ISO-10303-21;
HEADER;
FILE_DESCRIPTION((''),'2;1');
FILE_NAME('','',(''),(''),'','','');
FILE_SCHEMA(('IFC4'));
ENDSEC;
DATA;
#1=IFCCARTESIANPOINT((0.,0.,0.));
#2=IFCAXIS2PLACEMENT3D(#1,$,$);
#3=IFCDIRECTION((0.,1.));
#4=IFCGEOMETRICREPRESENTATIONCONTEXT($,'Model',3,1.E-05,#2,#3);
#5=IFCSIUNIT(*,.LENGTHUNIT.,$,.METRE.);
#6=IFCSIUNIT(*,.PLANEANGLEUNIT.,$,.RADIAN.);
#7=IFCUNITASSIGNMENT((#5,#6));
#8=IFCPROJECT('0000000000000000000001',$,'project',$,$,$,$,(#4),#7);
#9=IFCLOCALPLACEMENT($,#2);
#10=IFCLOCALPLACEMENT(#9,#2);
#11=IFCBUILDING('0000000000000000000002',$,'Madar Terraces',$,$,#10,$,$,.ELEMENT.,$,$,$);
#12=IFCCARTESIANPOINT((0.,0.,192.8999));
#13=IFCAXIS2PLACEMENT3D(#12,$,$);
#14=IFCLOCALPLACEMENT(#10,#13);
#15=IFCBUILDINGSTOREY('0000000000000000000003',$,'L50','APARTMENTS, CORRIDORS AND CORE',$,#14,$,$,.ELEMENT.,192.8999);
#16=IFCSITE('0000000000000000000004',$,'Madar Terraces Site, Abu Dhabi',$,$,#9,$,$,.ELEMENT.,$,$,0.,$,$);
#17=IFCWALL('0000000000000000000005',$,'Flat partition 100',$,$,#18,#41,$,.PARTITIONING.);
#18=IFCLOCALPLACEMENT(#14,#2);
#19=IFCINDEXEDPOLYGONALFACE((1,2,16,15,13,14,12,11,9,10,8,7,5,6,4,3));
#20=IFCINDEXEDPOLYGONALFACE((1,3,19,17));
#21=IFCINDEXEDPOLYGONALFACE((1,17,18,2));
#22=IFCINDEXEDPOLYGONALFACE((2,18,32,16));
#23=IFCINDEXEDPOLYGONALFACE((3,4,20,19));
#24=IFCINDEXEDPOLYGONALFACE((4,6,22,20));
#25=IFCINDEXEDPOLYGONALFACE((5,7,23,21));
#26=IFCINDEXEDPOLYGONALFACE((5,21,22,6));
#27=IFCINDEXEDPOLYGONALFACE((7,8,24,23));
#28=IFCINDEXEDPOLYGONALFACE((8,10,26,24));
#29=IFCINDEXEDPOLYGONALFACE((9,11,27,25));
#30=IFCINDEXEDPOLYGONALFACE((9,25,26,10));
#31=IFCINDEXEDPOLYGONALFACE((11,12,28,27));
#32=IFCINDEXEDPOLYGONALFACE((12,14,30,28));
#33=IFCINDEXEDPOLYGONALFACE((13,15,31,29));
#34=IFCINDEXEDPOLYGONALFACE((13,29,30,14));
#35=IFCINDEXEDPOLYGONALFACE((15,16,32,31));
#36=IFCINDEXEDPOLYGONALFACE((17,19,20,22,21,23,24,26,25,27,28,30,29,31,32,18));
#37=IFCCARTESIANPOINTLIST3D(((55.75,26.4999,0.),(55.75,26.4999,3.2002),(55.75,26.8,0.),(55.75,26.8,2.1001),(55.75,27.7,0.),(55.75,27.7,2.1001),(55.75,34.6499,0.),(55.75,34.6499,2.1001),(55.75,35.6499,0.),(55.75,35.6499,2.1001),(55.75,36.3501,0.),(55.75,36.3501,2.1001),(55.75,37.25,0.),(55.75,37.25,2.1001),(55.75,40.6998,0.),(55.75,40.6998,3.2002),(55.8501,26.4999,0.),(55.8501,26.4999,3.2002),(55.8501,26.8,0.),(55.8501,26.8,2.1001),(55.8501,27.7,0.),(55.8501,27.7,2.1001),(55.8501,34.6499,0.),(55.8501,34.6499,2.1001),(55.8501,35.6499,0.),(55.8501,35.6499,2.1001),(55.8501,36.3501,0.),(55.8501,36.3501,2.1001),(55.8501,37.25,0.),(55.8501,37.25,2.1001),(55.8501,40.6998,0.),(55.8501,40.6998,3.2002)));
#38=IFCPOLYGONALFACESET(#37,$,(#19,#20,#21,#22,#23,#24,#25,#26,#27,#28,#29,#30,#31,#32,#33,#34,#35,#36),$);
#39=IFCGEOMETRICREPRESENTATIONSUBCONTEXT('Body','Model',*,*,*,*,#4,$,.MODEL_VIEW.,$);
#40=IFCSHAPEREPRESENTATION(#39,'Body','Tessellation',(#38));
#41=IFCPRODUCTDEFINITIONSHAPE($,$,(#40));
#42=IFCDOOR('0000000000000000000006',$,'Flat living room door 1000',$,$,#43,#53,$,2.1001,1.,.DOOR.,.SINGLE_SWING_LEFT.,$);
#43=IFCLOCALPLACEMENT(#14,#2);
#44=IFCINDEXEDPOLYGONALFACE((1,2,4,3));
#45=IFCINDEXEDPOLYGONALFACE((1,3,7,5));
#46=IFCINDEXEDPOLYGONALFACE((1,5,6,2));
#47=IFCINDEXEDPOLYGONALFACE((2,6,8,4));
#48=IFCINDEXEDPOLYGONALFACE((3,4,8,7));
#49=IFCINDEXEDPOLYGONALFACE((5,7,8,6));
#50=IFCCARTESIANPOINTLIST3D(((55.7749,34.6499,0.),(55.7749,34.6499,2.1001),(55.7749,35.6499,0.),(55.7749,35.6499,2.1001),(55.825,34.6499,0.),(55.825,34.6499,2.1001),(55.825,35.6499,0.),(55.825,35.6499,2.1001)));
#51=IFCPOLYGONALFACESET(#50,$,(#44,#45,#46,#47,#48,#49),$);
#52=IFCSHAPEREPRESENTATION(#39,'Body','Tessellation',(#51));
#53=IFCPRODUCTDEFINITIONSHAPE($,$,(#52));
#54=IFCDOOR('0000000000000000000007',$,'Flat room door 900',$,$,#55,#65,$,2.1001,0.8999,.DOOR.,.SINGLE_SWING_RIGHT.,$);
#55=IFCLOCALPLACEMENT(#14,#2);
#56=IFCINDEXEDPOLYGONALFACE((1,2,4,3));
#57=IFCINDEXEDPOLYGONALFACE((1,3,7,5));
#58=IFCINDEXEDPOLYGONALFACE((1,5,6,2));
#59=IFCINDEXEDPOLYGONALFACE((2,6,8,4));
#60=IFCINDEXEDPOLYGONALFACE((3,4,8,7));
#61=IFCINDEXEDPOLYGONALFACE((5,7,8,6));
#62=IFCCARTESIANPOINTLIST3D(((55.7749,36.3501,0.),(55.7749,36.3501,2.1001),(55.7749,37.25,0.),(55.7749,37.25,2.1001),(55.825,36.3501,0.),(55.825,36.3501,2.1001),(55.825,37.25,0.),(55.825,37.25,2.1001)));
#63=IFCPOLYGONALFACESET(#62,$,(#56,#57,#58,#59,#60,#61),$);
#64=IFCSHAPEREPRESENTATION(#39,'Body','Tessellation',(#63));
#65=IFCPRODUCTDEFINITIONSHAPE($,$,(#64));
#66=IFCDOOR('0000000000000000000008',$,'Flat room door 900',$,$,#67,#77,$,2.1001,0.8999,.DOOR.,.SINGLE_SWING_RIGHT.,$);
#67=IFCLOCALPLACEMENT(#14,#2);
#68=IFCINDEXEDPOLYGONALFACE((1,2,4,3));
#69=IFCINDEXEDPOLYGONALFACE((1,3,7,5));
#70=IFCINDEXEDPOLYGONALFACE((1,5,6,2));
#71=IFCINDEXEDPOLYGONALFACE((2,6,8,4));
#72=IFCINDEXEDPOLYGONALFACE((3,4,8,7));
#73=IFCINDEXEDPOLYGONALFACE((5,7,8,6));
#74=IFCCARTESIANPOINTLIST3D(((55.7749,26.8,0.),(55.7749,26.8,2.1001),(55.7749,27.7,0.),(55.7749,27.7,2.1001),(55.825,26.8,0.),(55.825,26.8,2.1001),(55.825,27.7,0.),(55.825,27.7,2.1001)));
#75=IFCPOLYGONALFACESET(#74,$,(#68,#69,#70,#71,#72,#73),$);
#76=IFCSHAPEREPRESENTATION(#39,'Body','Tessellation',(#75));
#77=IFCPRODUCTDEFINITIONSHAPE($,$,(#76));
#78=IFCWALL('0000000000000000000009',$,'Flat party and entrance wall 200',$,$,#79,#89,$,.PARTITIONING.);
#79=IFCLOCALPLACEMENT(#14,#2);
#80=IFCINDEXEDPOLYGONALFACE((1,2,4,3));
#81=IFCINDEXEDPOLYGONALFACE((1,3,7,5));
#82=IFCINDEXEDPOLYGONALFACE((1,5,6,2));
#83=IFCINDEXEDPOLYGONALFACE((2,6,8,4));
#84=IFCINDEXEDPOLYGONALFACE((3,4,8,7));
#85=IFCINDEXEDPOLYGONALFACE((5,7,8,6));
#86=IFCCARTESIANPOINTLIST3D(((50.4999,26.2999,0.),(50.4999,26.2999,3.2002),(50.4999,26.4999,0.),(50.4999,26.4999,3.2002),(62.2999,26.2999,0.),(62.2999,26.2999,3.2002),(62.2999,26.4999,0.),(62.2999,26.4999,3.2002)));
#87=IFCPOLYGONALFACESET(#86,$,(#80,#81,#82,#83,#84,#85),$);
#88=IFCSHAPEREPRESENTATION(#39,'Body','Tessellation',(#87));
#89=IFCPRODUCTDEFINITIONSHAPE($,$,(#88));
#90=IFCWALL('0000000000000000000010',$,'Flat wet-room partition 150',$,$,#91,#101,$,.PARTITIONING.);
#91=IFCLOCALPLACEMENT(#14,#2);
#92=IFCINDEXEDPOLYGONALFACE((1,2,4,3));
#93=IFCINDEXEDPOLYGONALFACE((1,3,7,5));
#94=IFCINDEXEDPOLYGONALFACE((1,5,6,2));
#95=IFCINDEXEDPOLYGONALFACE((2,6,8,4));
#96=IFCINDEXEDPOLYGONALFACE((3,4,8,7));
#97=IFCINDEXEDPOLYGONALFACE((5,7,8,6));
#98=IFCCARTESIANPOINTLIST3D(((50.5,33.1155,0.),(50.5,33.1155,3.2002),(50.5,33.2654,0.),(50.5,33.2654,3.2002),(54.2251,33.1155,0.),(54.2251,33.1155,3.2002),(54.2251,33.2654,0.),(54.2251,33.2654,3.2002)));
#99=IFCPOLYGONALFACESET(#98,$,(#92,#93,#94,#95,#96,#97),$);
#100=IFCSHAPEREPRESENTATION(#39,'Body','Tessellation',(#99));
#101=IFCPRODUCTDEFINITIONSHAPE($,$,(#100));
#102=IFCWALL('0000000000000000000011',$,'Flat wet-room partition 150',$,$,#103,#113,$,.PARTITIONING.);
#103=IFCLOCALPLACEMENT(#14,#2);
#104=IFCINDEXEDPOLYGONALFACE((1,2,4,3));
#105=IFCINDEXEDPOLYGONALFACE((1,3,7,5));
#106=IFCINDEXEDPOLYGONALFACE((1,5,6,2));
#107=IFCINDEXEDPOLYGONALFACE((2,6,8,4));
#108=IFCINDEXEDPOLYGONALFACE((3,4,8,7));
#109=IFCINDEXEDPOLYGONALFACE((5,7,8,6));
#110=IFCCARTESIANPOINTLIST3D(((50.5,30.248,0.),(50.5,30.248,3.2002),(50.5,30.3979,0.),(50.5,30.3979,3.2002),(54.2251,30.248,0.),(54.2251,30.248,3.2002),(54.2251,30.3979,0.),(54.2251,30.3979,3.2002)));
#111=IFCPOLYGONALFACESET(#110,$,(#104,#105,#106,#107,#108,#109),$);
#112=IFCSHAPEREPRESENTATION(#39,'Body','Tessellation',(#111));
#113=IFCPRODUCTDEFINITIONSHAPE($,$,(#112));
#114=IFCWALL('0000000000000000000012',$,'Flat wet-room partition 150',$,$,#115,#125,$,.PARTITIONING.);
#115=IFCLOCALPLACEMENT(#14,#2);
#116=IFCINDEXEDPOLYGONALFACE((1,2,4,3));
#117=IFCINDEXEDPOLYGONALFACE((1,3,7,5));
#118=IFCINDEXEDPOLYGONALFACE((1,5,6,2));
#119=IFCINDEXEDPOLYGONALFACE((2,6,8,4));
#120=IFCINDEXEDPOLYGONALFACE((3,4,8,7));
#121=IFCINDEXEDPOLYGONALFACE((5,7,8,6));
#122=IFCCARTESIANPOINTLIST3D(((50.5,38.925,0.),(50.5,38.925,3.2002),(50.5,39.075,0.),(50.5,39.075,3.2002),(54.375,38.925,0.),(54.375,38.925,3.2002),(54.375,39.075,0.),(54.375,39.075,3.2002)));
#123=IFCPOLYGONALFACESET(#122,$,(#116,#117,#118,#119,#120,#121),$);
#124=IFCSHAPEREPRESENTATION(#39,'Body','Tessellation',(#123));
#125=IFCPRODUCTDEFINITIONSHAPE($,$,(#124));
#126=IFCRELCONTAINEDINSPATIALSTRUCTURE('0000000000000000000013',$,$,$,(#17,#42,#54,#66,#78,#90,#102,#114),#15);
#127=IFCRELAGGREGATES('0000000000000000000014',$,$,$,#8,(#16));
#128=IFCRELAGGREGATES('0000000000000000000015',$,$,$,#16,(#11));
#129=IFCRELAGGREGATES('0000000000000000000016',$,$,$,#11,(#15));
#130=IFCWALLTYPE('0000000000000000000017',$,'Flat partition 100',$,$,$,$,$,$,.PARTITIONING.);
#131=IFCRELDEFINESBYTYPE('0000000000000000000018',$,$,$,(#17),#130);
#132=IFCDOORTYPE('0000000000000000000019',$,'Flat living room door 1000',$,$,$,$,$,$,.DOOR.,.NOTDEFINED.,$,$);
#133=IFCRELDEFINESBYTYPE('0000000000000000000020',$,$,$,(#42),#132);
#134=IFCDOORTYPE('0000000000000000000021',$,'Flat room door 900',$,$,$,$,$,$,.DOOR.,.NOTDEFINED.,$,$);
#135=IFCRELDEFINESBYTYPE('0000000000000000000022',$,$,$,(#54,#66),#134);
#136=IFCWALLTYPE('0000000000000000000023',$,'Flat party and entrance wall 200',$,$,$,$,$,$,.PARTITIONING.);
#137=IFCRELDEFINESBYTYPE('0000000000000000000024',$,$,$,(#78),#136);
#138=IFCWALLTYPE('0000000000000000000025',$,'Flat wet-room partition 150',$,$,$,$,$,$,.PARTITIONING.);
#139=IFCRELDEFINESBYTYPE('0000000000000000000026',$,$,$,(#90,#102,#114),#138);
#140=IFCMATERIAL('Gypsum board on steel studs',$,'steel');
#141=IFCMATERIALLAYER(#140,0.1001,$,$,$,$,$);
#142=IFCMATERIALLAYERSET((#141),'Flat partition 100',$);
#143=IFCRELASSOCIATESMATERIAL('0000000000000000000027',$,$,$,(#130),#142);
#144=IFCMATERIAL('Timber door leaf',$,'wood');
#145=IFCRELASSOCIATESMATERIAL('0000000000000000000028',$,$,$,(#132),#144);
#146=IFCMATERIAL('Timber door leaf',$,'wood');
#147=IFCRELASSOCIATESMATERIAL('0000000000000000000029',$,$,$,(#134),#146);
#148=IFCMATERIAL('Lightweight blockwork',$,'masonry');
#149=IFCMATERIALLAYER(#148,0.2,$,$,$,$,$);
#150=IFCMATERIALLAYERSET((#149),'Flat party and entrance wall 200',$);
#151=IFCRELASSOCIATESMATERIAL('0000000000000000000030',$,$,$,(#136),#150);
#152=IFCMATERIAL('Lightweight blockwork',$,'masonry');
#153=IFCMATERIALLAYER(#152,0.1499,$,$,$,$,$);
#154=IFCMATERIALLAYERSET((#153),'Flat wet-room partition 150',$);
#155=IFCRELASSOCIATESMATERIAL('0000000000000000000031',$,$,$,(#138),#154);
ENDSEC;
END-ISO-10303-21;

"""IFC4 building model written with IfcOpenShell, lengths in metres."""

from ifc_helpers import new_model, si_unit, direction, frame, frame_2d, origin, place, context, subcontext, project, spatial, rectangle, extrude, material, layer, layer_set, type_object, element, fill, save


model = new_model("IFC4")

# Units and contexts
model_context = context("Model", 3, precision=1e-05, world=origin(), true_north=direction((0.0, 1.0)))
body_context = subcontext(model_context, "Body", "Model", "MODEL_VIEW")
ifc_project = project(units=[si_unit("LENGTHUNIT", "METRE"), si_unit("PLANEANGLEUNIT", "RADIAN")], contexts=[model_context])

# Site, building, storey
site_placement = place(None, origin())
site = spatial("IfcSite", under=ifc_project, at=site_placement, Name="Madar Terraces Site, Abu Dhabi", CompositionType="ELEMENT", RefElevation=0.0)
building_placement = place(site_placement, origin())
building = spatial("IfcBuilding", under=site, at=building_placement, Name="Madar Terraces", CompositionType="ELEMENT")
storey_placement = place(building_placement, frame((0.0, 0.0, 192.8999)))
storey = spatial("IfcBuildingStorey", under=building, at=storey_placement, Name="L50", Description="APARTMENTS, CORRIDORS AND CORE", CompositionType="ELEMENT", Elevation=192.8999)

# Shared definitions
ifc_material_1 = material(Name="Gypsum board on steel studs", Category="steel")
ifc_layer_1 = layer(ifc_material_1, 0.1001)
ifc_layer_set_1 = layer_set([ifc_layer_1], Name="Flat partition 100")
wall_type_1 = type_object("IfcWallType", Name="Flat partition 100", PredefinedType="PARTITIONING", material=ifc_layer_set_1)
ifc_material_2 = material(Name="Timber door leaf", Category="wood")
door_type_1 = type_object("IfcDoorType", Name="Flat living room door 1000", OperationType="NOTDEFINED", PredefinedType="DOOR", material=ifc_material_2)

# Wall, openings, doors
wall_1_placement = place(storey_placement, frame((55.8, 40.7, 0.0), z_axis=(0.0, 0.0, 1.0), x_axis=(0.0, -1.0, 0.0)))
wall_1 = element("IfcWall", 1, at=wall_1_placement, inside=storey, type_object=wall_type_1, Name="Flat partition 100", PredefinedType="PARTITIONING", context=body_context, shape_type="SweptSolid", body=[
    extrude(rectangle(XDim=14.2, YDim=0.1001, at=frame_2d((7.1001, 0.0))), origin(), (0.0, 0.0, 1.0), 3.2002),
])
opening_1_placement = place(wall_1_placement, frame((3.45, 0.0, 0.0)))
opening_1 = element("IfcOpeningElement", 2, at=opening_1_placement, cuts=wall_1, PredefinedType="OPENING", context=body_context, shape_type="SweptSolid", body=[
    extrude(rectangle(XDim=0.8999, YDim=2.1001, at=frame_2d((0.45, 1.05))), frame((0.0, 0.0601, 0.0), z_axis=(0.0, -1.0, 0.0), x_axis=(1.0, 0.0, 0.0)), (0.0, 0.0, 1.0), 0.1201),
])
opening_2_placement = place(wall_1_placement, frame((5.05, 0.0, 0.0)))
opening_2 = element("IfcOpeningElement", 3, at=opening_2_placement, cuts=wall_1, PredefinedType="OPENING", context=body_context, shape_type="SweptSolid", body=[
    extrude(rectangle(XDim=1.0, YDim=2.1001, at=frame_2d((0.5, 1.05))), frame((0.0, 0.0601, 0.0), z_axis=(0.0, -1.0, 0.0), x_axis=(1.0, 0.0, 0.0)), (0.0, 0.0, 1.0), 0.1201),
])
opening_3_placement = place(wall_1_placement, frame((13.0, 0.0, 0.0)))
opening_3 = element("IfcOpeningElement", 4, at=opening_3_placement, cuts=wall_1, PredefinedType="OPENING", context=body_context, shape_type="SweptSolid", body=[
    extrude(rectangle(XDim=0.8999, YDim=2.1001, at=frame_2d((0.45, 1.05))), frame((0.0, 0.0601, 0.0), z_axis=(0.0, -1.0, 0.0), x_axis=(1.0, 0.0, 0.0)), (0.0, 0.0, 1.0), 0.1201),
])
door_1_placement = place(opening_2_placement, origin())
door_1 = element("IfcDoor", 5, at=door_1_placement, inside=storey, type_object=door_type_1, Name="Flat living room door 1000", OperationType="SINGLE_SWING_LEFT", OverallHeight=2.1001, OverallWidth=1.0, PredefinedType="DOOR", context=body_context, shape_type="SweptSolid", body=[
    extrude(rectangle(XDim=1.0, YDim=2.1001, at=frame_2d((0.5, 1.05))), frame((0.0, 0.0249, 0.0), z_axis=(0.0, -1.0, 0.0), x_axis=(1.0, 0.0, 0.0)), (0.0, 0.0, 1.0), 0.05),
])
fill(opening_2, door_1)
ifc_material_3 = material(Name="Timber door leaf", Category="wood")
door_type_2 = type_object("IfcDoorType", Name="Flat room door 900", OperationType="NOTDEFINED", PredefinedType="DOOR", material=ifc_material_3)
door_2_placement = place(opening_1_placement, origin())
door_2 = element("IfcDoor", 6, at=door_2_placement, inside=storey, type_object=door_type_2, Name="Flat room door 900", OperationType="SINGLE_SWING_RIGHT", OverallHeight=2.1001, OverallWidth=0.8999, PredefinedType="DOOR", context=body_context, shape_type="SweptSolid", body=[
    extrude(rectangle(XDim=0.8999, YDim=2.1001, at=frame_2d((0.45, 1.05))), frame((0.0, 0.0249, 0.0), z_axis=(0.0, -1.0, 0.0), x_axis=(1.0, 0.0, 0.0)), (0.0, 0.0, 1.0), 0.05),
])
fill(opening_1, door_2)
door_3_placement = place(opening_3_placement, origin())
door_3 = element("IfcDoor", 7, at=door_3_placement, inside=storey, type_object=door_type_2, Name="Flat room door 900", OperationType="SINGLE_SWING_RIGHT", OverallHeight=2.1001, OverallWidth=0.8999, PredefinedType="DOOR", context=body_context, shape_type="SweptSolid", body=[
    extrude(rectangle(XDim=0.8999, YDim=2.1001, at=frame_2d((0.45, 1.05))), frame((0.0, 0.0249, 0.0), z_axis=(0.0, -1.0, 0.0), x_axis=(1.0, 0.0, 0.0)), (0.0, 0.0, 1.0), 0.05),
])
fill(opening_3, door_3)

# Walls
ifc_material_4 = material(Name="Lightweight blockwork", Category="masonry")
ifc_layer_2 = layer(ifc_material_4, 0.2)
ifc_layer_set_2 = layer_set([ifc_layer_2], Name="Flat party and entrance wall 200")
wall_type_2 = type_object("IfcWallType", Name="Flat party and entrance wall 200", PredefinedType="PARTITIONING", material=ifc_layer_set_2)
wall_2_placement = place(storey_placement, frame((50.5, 26.3999, 0.0), z_axis=(0.0, 0.0, 1.0), x_axis=(1.0, 0.0, 0.0)))
element("IfcWall", 8, at=wall_2_placement, inside=storey, type_object=wall_type_2, Name="Flat party and entrance wall 200", PredefinedType="PARTITIONING", context=body_context, shape_type="SweptSolid", body=[
    extrude(rectangle(XDim=11.8, YDim=0.2, at=frame_2d((5.8999, 0.0))), origin(), (0.0, 0.0, 1.0), 3.2002),
])
ifc_material_5 = material(Name="Lightweight blockwork", Category="masonry")
ifc_layer_3 = layer(ifc_material_5, 0.1499)
ifc_layer_set_3 = layer_set([ifc_layer_3], Name="Flat wet-room partition 150")
wall_type_3 = type_object("IfcWallType", Name="Flat wet-room partition 150", PredefinedType="PARTITIONING", material=ifc_layer_set_3)
for number, where, z_axis, x_axis, name in (
    (9, (50.5, 33.1904, 0.0), (0.0, 0.0, 1.0), (1.0, 0.0, 0.0), "Flat wet-room partition 150"),
    (10, (50.5, 30.323, 0.0), (0.0, 0.0, 1.0), (1.0, 0.0, 0.0), "Flat wet-room partition 150"),
):
    element("IfcWall", number, at=place(storey_placement, frame(where, z_axis=z_axis, x_axis=x_axis)), inside=storey, type_object=wall_type_3, Name=name, PredefinedType="PARTITIONING", context=body_context, shape_type="SweptSolid", body=[
        extrude(rectangle(XDim=3.7251, YDim=0.1499, at=frame_2d((1.8625, 0.0))), origin(), (0.0, 0.0, 1.0), 3.2002),
    ])
wall_3_placement = place(storey_placement, frame((50.5, 39.0, 0.0), z_axis=(0.0, 0.0, 1.0), x_axis=(1.0, 0.0, 0.0)))
element("IfcWall", 11, at=wall_3_placement, inside=storey, type_object=wall_type_3, Name="Flat wet-room partition 150", PredefinedType="PARTITIONING", context=body_context, shape_type="SweptSolid", body=[
    extrude(rectangle(XDim=3.875, YDim=0.1499, at=frame_2d((1.9375, 0.0))), origin(), (0.0, 0.0, 1.0), 3.2002),
])

save(model, "model.ifc")
